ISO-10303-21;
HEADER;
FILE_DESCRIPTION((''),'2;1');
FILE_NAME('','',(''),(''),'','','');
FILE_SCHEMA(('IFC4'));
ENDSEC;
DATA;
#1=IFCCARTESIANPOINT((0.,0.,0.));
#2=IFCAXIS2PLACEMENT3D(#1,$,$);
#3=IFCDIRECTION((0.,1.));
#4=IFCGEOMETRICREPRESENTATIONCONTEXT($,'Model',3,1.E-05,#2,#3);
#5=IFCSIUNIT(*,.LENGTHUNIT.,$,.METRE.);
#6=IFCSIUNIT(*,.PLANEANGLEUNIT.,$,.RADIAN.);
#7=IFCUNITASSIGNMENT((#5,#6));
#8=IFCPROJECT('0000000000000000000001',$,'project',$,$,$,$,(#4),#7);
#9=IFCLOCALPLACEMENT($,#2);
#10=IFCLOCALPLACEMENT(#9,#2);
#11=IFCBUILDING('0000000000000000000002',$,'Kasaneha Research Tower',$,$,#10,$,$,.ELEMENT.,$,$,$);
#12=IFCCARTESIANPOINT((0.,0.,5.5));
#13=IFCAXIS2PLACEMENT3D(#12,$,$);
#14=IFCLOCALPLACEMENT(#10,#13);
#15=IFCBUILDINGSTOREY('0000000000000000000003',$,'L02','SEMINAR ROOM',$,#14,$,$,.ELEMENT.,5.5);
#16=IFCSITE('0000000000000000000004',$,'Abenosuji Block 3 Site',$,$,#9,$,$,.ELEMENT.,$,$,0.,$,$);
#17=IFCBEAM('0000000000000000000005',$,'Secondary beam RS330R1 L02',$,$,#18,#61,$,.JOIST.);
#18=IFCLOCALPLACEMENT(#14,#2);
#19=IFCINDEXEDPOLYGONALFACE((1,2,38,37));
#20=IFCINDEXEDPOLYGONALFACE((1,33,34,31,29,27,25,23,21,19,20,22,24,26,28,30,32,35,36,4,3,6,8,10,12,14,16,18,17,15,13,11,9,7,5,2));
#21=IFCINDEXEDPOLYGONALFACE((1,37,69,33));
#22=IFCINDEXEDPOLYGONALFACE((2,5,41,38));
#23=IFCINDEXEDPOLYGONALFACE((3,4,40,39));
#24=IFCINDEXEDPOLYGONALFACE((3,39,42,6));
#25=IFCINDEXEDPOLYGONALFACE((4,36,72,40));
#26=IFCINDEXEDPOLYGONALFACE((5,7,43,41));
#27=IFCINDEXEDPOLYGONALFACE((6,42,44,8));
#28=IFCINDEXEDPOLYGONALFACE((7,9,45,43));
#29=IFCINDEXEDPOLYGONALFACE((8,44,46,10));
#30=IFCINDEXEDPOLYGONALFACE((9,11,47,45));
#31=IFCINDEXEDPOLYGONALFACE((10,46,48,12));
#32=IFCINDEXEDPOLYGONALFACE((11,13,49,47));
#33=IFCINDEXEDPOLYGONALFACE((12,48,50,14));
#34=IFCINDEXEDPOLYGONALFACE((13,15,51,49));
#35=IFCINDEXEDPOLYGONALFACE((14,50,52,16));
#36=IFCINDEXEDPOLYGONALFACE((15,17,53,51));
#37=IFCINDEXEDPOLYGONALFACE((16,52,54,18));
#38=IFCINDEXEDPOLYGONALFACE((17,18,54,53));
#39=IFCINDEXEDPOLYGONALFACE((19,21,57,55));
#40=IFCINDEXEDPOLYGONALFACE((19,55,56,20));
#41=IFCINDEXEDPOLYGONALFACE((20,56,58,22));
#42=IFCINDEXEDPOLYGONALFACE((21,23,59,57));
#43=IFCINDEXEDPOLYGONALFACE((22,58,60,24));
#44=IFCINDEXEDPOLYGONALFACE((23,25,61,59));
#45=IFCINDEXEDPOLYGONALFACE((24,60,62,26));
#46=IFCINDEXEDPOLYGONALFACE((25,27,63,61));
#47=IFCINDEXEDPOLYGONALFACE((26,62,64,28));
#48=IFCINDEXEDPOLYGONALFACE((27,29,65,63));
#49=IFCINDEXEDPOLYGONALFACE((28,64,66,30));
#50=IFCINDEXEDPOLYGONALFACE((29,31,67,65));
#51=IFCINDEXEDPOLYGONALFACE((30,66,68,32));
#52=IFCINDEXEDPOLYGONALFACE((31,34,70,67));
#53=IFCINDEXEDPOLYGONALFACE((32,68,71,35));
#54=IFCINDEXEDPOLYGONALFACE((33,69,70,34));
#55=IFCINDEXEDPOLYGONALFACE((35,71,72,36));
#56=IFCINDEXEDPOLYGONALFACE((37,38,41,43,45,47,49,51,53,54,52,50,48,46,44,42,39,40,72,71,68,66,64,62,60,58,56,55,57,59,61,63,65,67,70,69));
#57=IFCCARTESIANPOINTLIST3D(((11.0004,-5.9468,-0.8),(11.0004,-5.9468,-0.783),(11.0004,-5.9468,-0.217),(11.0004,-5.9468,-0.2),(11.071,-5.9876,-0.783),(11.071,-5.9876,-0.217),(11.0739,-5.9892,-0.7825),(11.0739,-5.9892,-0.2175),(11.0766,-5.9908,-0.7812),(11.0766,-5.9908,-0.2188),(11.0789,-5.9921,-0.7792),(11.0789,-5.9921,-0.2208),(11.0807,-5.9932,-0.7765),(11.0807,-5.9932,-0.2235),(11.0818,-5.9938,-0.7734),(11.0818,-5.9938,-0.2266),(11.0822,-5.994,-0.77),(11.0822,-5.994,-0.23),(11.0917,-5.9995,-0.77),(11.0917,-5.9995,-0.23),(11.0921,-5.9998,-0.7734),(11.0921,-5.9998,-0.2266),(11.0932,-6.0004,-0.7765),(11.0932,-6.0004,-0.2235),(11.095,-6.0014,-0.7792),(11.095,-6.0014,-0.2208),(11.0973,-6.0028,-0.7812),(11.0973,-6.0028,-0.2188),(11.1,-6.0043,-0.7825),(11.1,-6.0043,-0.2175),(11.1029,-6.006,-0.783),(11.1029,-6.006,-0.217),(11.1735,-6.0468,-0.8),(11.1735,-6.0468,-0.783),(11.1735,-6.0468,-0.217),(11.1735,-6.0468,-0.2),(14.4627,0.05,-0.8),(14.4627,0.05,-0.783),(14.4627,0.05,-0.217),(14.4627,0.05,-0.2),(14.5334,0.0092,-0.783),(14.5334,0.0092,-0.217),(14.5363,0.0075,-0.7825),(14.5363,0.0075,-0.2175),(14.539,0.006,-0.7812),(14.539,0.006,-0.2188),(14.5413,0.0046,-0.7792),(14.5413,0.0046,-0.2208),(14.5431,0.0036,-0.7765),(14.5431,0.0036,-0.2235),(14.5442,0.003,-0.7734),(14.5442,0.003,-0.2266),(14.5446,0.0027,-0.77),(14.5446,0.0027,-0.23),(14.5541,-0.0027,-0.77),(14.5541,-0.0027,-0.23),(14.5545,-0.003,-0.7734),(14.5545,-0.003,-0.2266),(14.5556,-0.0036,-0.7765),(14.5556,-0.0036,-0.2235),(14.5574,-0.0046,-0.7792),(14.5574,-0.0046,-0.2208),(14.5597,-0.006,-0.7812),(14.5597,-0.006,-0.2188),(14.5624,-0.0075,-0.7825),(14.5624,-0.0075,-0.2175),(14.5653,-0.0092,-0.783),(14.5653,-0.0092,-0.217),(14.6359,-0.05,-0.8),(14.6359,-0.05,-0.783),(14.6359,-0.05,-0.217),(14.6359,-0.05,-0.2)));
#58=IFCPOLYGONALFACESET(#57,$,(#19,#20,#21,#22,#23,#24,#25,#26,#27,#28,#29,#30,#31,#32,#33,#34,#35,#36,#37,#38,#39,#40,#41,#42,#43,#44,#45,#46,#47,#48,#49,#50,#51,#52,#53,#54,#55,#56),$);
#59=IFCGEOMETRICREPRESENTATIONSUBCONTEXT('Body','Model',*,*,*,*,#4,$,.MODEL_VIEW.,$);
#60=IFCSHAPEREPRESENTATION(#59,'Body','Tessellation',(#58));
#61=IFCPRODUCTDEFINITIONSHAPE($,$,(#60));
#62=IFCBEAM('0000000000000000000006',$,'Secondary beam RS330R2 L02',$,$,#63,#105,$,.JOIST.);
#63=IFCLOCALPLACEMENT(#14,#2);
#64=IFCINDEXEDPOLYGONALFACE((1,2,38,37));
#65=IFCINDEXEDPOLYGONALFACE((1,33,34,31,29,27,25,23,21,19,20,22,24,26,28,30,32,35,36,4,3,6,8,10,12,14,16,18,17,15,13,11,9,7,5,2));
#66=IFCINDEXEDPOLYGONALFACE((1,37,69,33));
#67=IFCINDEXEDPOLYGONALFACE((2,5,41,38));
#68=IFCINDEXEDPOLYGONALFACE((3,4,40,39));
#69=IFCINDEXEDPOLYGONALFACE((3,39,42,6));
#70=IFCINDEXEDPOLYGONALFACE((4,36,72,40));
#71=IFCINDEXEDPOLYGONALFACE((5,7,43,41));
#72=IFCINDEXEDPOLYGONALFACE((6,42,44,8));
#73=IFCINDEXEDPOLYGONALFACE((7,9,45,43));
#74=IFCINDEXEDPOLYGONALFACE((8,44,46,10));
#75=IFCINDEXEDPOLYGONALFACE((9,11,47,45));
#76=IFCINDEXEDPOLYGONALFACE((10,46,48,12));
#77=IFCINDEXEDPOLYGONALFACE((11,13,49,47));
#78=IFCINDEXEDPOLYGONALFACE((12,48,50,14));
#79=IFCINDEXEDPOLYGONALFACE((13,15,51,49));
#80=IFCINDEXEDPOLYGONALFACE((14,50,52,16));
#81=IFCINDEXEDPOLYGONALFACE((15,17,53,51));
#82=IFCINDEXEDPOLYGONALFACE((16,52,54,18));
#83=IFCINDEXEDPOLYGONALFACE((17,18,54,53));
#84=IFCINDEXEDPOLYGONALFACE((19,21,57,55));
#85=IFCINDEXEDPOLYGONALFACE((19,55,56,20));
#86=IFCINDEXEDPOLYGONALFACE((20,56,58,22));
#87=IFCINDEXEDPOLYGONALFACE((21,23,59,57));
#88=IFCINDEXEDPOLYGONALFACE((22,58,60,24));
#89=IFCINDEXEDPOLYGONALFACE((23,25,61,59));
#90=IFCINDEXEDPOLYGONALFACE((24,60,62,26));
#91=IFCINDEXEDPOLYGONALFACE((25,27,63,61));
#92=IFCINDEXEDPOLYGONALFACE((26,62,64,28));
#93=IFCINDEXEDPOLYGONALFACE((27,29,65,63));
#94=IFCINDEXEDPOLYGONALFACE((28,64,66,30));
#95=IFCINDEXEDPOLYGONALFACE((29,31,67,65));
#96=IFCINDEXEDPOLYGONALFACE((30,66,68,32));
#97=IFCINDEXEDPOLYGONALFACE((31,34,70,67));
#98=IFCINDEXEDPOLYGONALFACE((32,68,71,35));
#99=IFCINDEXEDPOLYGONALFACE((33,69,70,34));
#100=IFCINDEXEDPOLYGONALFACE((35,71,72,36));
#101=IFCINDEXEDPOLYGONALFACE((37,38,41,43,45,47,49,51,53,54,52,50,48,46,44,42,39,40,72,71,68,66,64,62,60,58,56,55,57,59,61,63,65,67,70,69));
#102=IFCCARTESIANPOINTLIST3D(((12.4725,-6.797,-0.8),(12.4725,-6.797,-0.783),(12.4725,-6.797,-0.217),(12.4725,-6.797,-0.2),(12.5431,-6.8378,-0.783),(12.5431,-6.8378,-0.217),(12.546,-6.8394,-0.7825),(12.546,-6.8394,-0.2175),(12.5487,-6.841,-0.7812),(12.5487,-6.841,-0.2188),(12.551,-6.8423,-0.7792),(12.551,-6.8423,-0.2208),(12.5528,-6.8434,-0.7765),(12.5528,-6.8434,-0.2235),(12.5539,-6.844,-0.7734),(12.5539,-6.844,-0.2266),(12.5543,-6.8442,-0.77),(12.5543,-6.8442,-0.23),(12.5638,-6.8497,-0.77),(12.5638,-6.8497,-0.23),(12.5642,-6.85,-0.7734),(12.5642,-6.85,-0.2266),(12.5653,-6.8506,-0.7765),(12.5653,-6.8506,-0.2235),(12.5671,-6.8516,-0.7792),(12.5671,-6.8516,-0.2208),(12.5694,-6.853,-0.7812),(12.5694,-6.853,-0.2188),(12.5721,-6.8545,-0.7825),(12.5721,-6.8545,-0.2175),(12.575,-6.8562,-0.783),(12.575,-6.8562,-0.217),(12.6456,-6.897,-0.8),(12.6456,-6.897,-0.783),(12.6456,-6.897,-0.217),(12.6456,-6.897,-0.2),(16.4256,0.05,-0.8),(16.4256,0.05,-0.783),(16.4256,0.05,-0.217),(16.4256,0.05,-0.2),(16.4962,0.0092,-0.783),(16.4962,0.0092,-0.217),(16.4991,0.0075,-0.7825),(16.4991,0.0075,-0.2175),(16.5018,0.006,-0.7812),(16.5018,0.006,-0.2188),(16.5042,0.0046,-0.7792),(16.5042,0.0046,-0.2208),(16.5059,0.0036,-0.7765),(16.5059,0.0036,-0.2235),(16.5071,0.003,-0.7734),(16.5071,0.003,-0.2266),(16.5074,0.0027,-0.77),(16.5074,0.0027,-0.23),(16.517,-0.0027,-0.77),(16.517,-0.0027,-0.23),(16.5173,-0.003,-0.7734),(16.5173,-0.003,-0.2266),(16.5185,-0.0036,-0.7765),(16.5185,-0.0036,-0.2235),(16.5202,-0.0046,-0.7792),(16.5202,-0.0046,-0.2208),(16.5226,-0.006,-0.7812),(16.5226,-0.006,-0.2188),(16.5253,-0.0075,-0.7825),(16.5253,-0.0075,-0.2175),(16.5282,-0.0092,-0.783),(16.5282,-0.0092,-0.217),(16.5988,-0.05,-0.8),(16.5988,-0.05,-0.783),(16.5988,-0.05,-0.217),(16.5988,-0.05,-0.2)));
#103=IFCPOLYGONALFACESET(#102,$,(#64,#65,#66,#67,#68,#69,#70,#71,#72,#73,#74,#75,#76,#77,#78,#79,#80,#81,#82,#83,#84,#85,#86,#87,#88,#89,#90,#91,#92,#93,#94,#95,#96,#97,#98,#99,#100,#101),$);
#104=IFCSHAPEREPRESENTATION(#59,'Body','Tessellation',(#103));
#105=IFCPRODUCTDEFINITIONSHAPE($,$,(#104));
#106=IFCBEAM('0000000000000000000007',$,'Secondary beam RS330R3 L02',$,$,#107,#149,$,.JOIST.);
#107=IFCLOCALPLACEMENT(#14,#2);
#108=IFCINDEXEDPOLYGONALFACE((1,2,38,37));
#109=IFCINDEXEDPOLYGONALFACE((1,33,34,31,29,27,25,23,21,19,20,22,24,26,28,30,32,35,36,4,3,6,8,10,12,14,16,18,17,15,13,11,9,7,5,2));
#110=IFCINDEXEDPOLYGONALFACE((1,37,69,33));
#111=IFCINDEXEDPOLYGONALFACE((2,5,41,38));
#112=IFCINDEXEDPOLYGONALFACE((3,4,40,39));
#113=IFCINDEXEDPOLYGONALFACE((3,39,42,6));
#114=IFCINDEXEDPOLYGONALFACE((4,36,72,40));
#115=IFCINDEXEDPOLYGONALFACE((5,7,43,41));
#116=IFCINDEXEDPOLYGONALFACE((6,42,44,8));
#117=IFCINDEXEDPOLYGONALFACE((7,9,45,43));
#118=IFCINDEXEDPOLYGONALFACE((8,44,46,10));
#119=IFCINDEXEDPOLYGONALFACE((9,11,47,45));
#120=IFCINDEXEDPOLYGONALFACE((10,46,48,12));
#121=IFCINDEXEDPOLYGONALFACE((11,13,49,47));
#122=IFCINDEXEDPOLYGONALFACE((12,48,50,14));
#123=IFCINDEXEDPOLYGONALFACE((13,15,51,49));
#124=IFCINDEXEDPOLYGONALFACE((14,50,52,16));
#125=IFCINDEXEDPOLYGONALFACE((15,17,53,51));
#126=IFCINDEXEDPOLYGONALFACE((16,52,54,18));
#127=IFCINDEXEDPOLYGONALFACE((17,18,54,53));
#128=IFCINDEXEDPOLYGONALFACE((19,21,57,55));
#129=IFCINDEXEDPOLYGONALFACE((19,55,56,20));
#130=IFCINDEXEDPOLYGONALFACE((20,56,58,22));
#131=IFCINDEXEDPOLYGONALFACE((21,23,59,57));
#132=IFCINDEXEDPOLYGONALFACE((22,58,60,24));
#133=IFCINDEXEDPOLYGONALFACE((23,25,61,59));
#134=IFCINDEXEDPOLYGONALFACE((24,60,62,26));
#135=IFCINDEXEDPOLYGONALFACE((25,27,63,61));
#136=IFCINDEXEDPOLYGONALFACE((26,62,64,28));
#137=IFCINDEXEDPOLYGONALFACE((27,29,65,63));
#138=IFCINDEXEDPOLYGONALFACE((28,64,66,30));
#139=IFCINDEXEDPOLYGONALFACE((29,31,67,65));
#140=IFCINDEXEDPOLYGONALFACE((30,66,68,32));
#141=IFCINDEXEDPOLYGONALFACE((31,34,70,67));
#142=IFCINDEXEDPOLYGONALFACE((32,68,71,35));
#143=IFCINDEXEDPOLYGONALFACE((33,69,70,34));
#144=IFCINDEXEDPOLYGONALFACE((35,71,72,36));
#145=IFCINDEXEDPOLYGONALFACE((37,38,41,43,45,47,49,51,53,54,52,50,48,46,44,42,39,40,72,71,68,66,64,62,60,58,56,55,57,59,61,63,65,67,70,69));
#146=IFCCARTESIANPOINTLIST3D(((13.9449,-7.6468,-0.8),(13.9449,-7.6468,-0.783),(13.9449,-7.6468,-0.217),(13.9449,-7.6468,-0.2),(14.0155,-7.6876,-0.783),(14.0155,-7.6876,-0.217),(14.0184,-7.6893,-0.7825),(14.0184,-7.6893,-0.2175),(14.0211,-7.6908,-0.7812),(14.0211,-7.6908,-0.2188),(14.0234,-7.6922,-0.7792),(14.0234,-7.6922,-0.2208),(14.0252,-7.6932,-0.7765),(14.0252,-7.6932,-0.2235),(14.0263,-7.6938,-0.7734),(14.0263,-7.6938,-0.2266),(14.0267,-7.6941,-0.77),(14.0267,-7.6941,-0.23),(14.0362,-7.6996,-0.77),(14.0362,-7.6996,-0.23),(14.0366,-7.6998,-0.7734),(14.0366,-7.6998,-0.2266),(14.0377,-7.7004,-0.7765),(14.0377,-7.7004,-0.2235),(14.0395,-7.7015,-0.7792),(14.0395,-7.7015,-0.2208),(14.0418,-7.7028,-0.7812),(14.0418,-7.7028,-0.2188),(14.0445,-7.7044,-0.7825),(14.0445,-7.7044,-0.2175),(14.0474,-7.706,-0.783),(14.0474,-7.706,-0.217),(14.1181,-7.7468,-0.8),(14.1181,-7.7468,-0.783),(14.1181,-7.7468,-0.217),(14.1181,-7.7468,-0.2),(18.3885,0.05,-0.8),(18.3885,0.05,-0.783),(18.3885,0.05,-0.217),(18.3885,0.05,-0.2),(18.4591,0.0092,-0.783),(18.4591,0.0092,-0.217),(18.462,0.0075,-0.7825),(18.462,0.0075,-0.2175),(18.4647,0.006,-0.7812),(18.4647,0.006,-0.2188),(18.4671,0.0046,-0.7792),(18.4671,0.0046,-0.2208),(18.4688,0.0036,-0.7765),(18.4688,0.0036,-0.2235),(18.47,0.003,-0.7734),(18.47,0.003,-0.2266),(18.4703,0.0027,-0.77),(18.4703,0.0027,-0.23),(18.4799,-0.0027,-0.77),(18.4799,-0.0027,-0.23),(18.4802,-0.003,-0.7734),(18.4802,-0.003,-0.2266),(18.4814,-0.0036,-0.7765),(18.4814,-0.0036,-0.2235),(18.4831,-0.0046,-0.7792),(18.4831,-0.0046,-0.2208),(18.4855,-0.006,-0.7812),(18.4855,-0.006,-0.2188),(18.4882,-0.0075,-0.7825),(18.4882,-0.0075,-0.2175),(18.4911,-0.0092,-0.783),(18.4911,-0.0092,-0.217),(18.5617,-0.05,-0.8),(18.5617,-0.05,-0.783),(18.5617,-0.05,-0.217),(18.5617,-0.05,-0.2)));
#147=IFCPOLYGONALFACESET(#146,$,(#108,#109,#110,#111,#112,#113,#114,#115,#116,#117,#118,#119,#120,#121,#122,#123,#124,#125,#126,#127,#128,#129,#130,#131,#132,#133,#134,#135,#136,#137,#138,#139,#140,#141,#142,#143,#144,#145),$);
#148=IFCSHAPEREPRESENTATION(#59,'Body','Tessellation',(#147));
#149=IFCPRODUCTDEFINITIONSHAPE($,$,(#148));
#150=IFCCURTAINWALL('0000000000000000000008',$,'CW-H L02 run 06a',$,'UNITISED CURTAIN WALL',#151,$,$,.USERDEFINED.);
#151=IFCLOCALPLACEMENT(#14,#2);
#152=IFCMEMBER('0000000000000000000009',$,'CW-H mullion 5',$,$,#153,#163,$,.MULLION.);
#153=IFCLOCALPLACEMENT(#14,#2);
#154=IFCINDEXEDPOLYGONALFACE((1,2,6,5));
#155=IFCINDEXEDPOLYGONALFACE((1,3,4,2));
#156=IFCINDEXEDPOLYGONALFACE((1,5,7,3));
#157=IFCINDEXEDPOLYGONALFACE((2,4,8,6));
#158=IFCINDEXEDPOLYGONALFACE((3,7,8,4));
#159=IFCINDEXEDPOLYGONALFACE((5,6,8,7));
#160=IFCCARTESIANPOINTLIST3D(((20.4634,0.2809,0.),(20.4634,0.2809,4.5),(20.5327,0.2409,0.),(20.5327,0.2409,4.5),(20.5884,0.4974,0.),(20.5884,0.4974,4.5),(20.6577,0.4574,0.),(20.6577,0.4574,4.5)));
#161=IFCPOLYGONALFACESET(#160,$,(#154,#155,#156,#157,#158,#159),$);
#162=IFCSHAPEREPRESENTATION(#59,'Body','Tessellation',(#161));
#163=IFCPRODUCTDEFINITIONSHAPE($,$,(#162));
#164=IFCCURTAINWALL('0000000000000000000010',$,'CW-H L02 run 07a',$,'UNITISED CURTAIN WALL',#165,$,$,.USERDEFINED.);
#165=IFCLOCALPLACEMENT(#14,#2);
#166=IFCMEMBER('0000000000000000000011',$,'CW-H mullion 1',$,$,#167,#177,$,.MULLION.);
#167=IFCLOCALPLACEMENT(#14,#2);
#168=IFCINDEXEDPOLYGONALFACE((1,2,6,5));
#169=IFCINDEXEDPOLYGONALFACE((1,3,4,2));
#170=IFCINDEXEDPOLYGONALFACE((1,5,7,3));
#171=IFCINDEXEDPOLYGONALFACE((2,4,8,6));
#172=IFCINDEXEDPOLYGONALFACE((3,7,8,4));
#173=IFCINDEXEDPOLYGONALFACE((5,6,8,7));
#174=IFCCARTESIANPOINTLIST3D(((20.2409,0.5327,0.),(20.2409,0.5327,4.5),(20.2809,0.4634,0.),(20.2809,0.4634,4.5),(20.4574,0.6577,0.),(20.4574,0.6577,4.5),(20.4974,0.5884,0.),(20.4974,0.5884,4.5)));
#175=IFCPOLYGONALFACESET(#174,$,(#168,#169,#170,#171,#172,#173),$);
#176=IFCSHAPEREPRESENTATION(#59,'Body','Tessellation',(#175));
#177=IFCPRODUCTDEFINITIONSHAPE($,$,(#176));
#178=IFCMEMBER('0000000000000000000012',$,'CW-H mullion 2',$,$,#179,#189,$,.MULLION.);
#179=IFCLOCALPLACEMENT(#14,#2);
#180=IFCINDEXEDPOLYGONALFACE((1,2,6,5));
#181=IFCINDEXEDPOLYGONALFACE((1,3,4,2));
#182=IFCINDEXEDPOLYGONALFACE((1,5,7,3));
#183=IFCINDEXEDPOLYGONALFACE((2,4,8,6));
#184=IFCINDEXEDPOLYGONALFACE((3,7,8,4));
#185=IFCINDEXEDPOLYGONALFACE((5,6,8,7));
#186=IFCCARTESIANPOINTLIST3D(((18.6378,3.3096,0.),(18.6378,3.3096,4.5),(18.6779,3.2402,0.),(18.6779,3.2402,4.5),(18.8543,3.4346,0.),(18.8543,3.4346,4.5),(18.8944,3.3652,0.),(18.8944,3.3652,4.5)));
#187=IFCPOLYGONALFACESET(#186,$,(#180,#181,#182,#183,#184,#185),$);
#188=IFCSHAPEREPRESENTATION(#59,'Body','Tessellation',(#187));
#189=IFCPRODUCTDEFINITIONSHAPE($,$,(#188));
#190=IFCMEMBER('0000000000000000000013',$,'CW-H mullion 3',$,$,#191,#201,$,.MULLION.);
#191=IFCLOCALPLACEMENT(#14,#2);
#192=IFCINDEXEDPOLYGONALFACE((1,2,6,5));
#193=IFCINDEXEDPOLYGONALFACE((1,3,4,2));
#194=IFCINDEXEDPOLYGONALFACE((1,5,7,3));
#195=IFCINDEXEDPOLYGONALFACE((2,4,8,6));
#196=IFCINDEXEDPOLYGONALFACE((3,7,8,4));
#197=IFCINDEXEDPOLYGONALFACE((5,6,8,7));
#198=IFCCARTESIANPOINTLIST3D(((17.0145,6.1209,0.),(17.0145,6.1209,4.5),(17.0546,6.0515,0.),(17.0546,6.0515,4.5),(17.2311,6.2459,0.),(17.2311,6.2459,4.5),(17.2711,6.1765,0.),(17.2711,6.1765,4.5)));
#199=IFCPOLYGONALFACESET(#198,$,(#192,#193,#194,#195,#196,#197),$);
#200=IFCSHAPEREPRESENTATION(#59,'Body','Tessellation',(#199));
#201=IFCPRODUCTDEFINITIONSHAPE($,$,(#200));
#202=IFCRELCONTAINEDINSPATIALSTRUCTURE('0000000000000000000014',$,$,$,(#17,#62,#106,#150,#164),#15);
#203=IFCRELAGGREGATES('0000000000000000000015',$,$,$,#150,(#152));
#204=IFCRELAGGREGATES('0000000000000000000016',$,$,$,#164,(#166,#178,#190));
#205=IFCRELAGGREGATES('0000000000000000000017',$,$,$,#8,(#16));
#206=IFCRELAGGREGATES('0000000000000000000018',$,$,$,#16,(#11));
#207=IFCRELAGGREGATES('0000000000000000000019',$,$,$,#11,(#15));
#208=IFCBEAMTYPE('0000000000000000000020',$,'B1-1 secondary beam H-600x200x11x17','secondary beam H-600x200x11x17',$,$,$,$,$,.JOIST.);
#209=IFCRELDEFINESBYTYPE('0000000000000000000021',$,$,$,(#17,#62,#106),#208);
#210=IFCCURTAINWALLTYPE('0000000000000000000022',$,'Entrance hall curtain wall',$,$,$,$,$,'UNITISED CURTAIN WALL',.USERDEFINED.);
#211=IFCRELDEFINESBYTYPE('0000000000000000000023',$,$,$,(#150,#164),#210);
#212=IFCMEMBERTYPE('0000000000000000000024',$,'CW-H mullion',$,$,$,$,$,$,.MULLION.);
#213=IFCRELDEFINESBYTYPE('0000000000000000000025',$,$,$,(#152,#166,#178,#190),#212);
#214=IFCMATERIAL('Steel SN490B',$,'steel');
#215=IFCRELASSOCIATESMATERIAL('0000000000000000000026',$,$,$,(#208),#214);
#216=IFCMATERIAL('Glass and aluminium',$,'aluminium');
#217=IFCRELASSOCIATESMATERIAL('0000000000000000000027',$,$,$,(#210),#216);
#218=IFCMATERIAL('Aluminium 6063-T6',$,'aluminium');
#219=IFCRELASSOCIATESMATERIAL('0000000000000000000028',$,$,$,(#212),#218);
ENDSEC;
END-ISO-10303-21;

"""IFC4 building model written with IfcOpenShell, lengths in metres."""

from ifc_helpers import new_model, si_unit, direction, frame, origin, origin_2d, place, context, subcontext, project, spatial, rectangle, i_section, extrude, material, material_profile, profile_set, type_object, element, aggregate, save


model = new_model("IFC4")

# Units and contexts
model_context = context("Model", 3, precision=1e-05, world=origin(), true_north=direction((0.0, 1.0)))
body_context = subcontext(model_context, "Body", "Model", "MODEL_VIEW")
ifc_project = project(units=[si_unit("LENGTHUNIT", "METRE"), si_unit("PLANEANGLEUNIT", "RADIAN")], contexts=[model_context])

# Site, building, storey
site_placement = place(None, origin())
site = spatial("IfcSite", under=ifc_project, at=site_placement, Name="Abenosuji Block 3 Site", CompositionType="ELEMENT", RefElevation=0.0)
building_placement = place(site_placement, origin())
building = spatial("IfcBuilding", under=site, at=building_placement, Name="Kasaneha Research Tower", CompositionType="ELEMENT")
storey_placement = place(building_placement, frame((0.0, 0.0, 5.5)))
storey = spatial("IfcBuildingStorey", under=building, at=storey_placement, Name="L02", Description="SEMINAR ROOM", CompositionType="ELEMENT", Elevation=5.5)

# Beams
ifc_material_1 = material(Name="Steel SN490B", Category="steel")
ifc_material_profile_1 = material_profile(ifc_material_1, i_section(OverallWidth=0.2, OverallDepth=0.6001, WebThickness=0.011, FlangeThickness=0.0171, FilletRadius=0.0129, at=origin_2d()), Name="H-600x200x11x17")
ifc_profile_set_1 = profile_set([ifc_material_profile_1], Name="Steel SN490B")
beam_type_1 = type_object("IfcBeamType", Name="B1-1 secondary beam H-600x200x11x17", Description="secondary beam H-600x200x11x17", PredefinedType="JOIST", material=ifc_profile_set_1)
beam_1_placement = place(storey_placement, frame((14.5493, 0.0, -0.5), z_axis=(-0.500014, -0.866017, 0.0), x_axis=(0.866017, -0.500014, 0.0)))
element("IfcBeam", 1, at=beam_1_placement, inside=storey, type_object=beam_type_1, Name="Secondary beam RS330R1 L02", PredefinedType="JOIST", context=body_context, shape_type="SweptSolid", body=[
    extrude(i_section(OverallWidth=0.2, OverallDepth=0.6001, WebThickness=0.011, FlangeThickness=0.0171, FilletRadius=0.0129, at=origin_2d()), origin(), (0.0, 0.0, 1.0), 6.9246),
])
beam_2_placement = place(storey_placement, frame((16.5122, 0.0, -0.5), z_axis=(-0.500005, -0.866023, 0.0), x_axis=(0.866023, -0.500005, 0.0)))
element("IfcBeam", 2, at=beam_2_placement, inside=storey, type_object=beam_type_1, Name="Secondary beam RS330R2 L02", PredefinedType="JOIST", context=body_context, shape_type="SweptSolid", body=[
    extrude(i_section(OverallWidth=0.2, OverallDepth=0.6001, WebThickness=0.011, FlangeThickness=0.0171, FilletRadius=0.0129, at=origin_2d()), origin(), (0.0, 0.0, 1.0), 7.9062),
])
beam_3_placement = place(storey_placement, frame((18.4751, 0.0, -0.5), z_axis=(-0.499989, -0.866032, 0.0), x_axis=(0.866032, -0.499989, 0.0)))
element("IfcBeam", 3, at=beam_3_placement, inside=storey, type_object=beam_type_1, Name="Secondary beam RS330R3 L02", PredefinedType="JOIST", context=body_context, shape_type="SweptSolid", body=[
    extrude(i_section(OverallWidth=0.2, OverallDepth=0.6001, WebThickness=0.011, FlangeThickness=0.0171, FilletRadius=0.0129, at=origin_2d()), origin(), (0.0, 0.0, 1.0), 8.8875),
])

# Curtain wall, member
ifc_material_2 = material(Name="Glass and aluminium", Category="aluminium")
curtain_wall_type = type_object("IfcCurtainWallType", Name="Entrance hall curtain wall", ElementType="UNITISED CURTAIN WALL", PredefinedType="USERDEFINED", material=ifc_material_2)
curtain_wall_1_placement = place(storey_placement, origin())
curtain_wall_1 = element("IfcCurtainWall", 4, at=curtain_wall_1_placement, inside=storey, type_object=curtain_wall_type, Name="CW-H L02 run 06a", ObjectType="UNITISED CURTAIN WALL", PredefinedType="USERDEFINED")
ifc_material_3 = material(Name="Aluminium 6063-T6", Category="aluminium")
ifc_material_profile_2 = material_profile(ifc_material_3, rectangle(XDim=0.0801, YDim=0.25, at=origin_2d()), Name="CW-H mullion 80x250")
ifc_profile_set_2 = profile_set([ifc_material_profile_2], Name="Aluminium 6063-T6")
member_type_1 = type_object("IfcMemberType", Name="CW-H mullion", PredefinedType="MULLION", material=ifc_profile_set_2)
member_1_placement = place(storey_placement, frame((20.5605, 0.3691, 0.0), z_axis=(0.0, 0.0, 1.0), x_axis=(-0.866025, 0.5, 0.0)))
member_1 = element("IfcMember", 5, at=member_1_placement, type_object=member_type_1, Name="CW-H mullion 5", PredefinedType="MULLION", context=body_context, shape_type="SweptSolid", body=[
    extrude(rectangle(XDim=0.0801, YDim=0.25, at=origin_2d()), origin(), (0.0, 0.0, 1.0), 4.5),
])
aggregate(curtain_wall_1, [member_1])

# Curtain wall, members
curtain_wall_2_placement = place(storey_placement, origin())
curtain_wall_2 = element("IfcCurtainWall", 6, at=curtain_wall_2_placement, inside=storey, type_object=curtain_wall_type, Name="CW-H L02 run 07a", ObjectType="UNITISED CURTAIN WALL", PredefinedType="USERDEFINED")
member_2_placement = place(storey_placement, frame((20.3691, 0.5605, 0.0), z_axis=(0.0, 0.0, 1.0), x_axis=(-0.5, 0.866025, 0.0)))
member_2 = element("IfcMember", 7, at=member_2_placement, type_object=member_type_1, Name="CW-H mullion 1", PredefinedType="MULLION", context=body_context, shape_type="SweptSolid", body=[
    extrude(rectangle(XDim=0.0801, YDim=0.25, at=origin_2d()), origin(), (0.0, 0.0, 1.0), 4.5),
])
member_3_placement = place(storey_placement, frame((18.7661, 3.3374, 0.0), z_axis=(0.0, 0.0, 1.0), x_axis=(-0.5, 0.866025, 0.0)))
member_3 = element("IfcMember", 8, at=member_3_placement, type_object=member_type_1, Name="CW-H mullion 2", PredefinedType="MULLION", context=body_context, shape_type="SweptSolid", body=[
    extrude(rectangle(XDim=0.0801, YDim=0.25, at=origin_2d()), origin(), (0.0, 0.0, 1.0), 4.5),
])
member_4_placement = place(storey_placement, frame((17.1428, 6.1487, 0.0), z_axis=(0.0, 0.0, 1.0), x_axis=(-0.5, 0.866025, 0.0)))
member_4 = element("IfcMember", 9, at=member_4_placement, type_object=member_type_1, Name="CW-H mullion 3", PredefinedType="MULLION", context=body_context, shape_type="SweptSolid", body=[
    extrude(rectangle(XDim=0.0801, YDim=0.25, at=origin_2d()), origin(), (0.0, 0.0, 1.0), 4.5),
])

aggregate(curtain_wall_2, [member_2, member_3, member_4])

save(model, "model.ifc")
